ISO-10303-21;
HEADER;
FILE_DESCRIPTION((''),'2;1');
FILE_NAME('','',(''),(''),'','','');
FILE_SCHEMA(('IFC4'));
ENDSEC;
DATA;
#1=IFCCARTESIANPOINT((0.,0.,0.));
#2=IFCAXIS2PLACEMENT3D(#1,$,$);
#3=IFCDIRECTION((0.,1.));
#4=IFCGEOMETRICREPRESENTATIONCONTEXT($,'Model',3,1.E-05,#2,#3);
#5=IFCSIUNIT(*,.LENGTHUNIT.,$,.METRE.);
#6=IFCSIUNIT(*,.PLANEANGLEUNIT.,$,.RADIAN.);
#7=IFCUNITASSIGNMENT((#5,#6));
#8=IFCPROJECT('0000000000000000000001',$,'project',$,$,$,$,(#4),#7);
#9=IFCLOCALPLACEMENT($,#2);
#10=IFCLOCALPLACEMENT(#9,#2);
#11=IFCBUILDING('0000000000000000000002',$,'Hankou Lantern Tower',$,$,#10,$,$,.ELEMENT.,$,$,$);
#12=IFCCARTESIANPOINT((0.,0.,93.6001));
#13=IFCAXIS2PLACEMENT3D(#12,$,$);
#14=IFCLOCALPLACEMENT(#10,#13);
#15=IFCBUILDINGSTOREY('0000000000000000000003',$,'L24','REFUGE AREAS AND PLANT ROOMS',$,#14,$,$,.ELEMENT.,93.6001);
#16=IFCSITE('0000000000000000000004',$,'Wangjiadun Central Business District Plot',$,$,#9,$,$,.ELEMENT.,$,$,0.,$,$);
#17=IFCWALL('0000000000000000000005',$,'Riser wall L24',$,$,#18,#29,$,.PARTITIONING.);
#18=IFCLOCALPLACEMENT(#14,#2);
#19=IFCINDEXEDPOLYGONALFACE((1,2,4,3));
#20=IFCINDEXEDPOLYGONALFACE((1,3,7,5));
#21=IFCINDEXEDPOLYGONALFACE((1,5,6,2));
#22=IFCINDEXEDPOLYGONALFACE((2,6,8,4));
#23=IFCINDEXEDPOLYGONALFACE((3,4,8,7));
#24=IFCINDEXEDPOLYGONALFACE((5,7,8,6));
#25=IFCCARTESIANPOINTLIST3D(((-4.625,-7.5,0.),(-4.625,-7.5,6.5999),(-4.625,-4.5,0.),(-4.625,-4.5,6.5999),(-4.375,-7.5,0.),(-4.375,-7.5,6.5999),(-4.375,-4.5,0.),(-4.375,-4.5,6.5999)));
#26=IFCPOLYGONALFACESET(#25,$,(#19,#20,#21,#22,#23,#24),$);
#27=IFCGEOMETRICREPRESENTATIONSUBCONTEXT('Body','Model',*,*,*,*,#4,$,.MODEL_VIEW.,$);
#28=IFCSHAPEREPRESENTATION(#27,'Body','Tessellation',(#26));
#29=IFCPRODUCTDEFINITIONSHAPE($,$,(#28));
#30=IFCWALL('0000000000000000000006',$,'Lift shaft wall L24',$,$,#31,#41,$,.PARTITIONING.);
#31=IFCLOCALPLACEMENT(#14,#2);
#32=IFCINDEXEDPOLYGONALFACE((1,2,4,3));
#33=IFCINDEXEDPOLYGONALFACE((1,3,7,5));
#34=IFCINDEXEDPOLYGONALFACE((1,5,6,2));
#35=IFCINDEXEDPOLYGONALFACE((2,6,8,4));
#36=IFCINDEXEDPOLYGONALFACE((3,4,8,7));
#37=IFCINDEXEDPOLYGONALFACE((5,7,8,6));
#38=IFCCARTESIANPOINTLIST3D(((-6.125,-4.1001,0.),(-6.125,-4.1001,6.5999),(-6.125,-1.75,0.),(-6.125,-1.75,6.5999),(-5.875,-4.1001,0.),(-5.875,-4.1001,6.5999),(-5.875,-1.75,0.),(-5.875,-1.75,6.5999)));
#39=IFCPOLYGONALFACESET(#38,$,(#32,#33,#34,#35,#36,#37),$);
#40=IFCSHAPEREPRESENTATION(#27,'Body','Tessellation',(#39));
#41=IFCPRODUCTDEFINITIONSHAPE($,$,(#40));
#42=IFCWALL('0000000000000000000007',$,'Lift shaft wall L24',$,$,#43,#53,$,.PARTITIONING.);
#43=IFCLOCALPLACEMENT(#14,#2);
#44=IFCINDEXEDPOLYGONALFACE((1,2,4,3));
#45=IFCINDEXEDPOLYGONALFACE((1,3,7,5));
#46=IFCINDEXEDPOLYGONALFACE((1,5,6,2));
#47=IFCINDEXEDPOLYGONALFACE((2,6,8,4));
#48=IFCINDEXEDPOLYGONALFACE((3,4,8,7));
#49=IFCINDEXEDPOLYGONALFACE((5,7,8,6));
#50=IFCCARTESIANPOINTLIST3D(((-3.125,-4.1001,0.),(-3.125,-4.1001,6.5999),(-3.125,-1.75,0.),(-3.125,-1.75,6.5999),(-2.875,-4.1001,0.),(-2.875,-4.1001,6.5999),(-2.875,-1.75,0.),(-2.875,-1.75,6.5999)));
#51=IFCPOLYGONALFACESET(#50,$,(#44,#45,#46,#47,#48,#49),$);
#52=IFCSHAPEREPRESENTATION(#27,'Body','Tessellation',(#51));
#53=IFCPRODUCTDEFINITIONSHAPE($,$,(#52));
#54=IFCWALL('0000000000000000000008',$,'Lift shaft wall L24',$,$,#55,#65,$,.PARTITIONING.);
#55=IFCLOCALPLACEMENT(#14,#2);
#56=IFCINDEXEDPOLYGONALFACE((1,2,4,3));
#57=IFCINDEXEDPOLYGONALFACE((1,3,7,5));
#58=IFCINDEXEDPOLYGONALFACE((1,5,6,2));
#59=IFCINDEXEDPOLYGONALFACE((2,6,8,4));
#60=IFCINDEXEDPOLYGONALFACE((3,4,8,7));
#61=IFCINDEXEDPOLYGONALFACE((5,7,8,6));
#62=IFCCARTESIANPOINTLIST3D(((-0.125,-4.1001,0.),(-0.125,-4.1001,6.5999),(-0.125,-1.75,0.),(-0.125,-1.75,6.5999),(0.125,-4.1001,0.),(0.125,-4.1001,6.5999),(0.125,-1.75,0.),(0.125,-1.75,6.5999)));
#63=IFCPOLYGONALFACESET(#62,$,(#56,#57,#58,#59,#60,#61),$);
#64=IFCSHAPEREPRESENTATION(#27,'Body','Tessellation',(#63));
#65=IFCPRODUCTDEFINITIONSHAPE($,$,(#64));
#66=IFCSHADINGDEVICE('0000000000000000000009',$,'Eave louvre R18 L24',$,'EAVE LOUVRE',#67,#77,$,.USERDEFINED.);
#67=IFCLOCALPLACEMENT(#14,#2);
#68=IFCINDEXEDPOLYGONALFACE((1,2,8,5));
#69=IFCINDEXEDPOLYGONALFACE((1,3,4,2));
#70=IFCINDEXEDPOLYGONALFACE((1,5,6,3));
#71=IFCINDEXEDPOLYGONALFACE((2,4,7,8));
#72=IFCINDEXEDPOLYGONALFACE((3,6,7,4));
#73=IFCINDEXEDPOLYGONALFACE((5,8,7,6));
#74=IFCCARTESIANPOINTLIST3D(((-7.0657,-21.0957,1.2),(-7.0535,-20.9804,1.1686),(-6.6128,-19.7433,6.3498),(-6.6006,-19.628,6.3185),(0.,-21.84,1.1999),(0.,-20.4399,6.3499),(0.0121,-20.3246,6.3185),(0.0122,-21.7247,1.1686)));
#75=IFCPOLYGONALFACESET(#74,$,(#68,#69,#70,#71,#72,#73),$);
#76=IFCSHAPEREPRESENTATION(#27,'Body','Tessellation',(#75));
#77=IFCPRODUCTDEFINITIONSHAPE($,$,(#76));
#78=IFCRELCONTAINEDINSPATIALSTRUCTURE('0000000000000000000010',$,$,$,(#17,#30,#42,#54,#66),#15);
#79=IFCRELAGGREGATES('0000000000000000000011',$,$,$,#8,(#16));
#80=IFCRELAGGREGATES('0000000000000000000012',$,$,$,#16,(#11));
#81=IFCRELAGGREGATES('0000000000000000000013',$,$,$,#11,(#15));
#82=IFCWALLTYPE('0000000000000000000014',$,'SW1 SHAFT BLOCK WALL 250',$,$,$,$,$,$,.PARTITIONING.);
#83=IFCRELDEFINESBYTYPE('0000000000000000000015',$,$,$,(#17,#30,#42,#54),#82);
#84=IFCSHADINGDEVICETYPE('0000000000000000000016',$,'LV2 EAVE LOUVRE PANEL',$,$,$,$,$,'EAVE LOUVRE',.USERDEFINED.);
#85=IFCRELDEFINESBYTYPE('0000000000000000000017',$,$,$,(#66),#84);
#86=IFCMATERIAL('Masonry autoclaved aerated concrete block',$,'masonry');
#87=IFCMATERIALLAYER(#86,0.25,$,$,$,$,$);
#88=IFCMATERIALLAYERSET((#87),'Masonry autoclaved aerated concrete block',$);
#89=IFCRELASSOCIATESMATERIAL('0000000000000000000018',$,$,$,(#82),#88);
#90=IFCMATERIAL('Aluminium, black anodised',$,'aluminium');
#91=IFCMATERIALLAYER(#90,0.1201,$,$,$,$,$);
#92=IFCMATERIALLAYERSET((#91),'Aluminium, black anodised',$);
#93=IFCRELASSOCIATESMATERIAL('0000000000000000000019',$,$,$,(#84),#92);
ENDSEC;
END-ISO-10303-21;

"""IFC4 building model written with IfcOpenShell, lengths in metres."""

from ifc_helpers import new_model, si_unit, direction, frame, frame_2d, origin, place, context, subcontext, project, spatial, polyline, rectangle, outline, extrude, material, layer, layer_set, type_object, element, save


model = new_model("IFC4")

# Units and contexts
model_context = context("Model", 3, precision=1e-05, world=origin(), true_north=direction((0.0, 1.0)))
body_context = subcontext(model_context, "Body", "Model", "MODEL_VIEW")
ifc_project = project(units=[si_unit("LENGTHUNIT", "METRE"), si_unit("PLANEANGLEUNIT", "RADIAN")], contexts=[model_context])

# Site, building, storey
site_placement = place(None, origin())
site = spatial("IfcSite", under=ifc_project, at=site_placement, Name="Wangjiadun Central Business District Plot", CompositionType="ELEMENT", RefElevation=0.0)
building_placement = place(site_placement, origin())
building = spatial("IfcBuilding", under=site, at=building_placement, Name="Hankou Lantern Tower", CompositionType="ELEMENT")
storey_placement = place(building_placement, frame((0.0, 0.0, 93.6001)))
storey = spatial("IfcBuildingStorey", under=building, at=storey_placement, Name="L24", Description="REFUGE AREAS AND PLANT ROOMS", CompositionType="ELEMENT", Elevation=93.6001)

# Walls
ifc_material_1 = material(Name="Masonry autoclaved aerated concrete block", Category="masonry")
ifc_layer_1 = layer(ifc_material_1, 0.25)
ifc_layer_set_1 = layer_set([ifc_layer_1], Name="Masonry autoclaved aerated concrete block")
wall_type_1 = type_object("IfcWallType", Name="SW1 SHAFT BLOCK WALL 250", PredefinedType="PARTITIONING", material=ifc_layer_set_1)
wall_1_placement = place(storey_placement, frame((-4.5, -7.5, 0.0), z_axis=(0.0, 0.0, 1.0), x_axis=(0.0, 1.0, 0.0)))
element("IfcWall", 1, at=wall_1_placement, inside=storey, type_object=wall_type_1, Name="Riser wall L24", PredefinedType="PARTITIONING", context=body_context, shape_type="SweptSolid", body=[
    extrude(rectangle(XDim=3.0, YDim=0.25, at=frame_2d((1.5, 0.0))), origin(), (0.0, 0.0, 1.0), 6.5999),
])
for number, where, z_axis, x_axis, name in (
    (2, (-6.0, -4.1001, 0.0), (0.0, 0.0, 1.0), (0.0, 1.0, 0.0), "Lift shaft wall L24"),
    (3, (-3.0, -4.1001, 0.0), (0.0, 0.0, 1.0), (0.0, 1.0, 0.0), "Lift shaft wall L24"),
    (4, (0.0, -4.1001, 0.0), (0.0, 0.0, 1.0), (0.0, 1.0, 0.0), "Lift shaft wall L24"),
):
    element("IfcWall", number, at=place(storey_placement, frame(where, z_axis=z_axis, x_axis=x_axis)), inside=storey, type_object=wall_type_1, Name=name, PredefinedType="PARTITIONING", context=body_context, shape_type="SweptSolid", body=[
        extrude(rectangle(XDim=2.3501, YDim=0.25, at=frame_2d((1.175, 0.0))), origin(), (0.0, 0.0, 1.0), 6.5999),
    ])

# Shading device
ifc_material_2 = material(Name="Aluminium, black anodised", Category="aluminium")
ifc_layer_2 = layer(ifc_material_2, 0.1201)
ifc_layer_set_2 = layer_set([ifc_layer_2], Name="Aluminium, black anodised")
shading_device_type = type_object("IfcShadingDeviceType", Name="LV2 EAVE LOUVRE PANEL", ElementType="EAVE LOUVRE", PredefinedType="USERDEFINED", material=ifc_layer_set_2)
shading_device_placement = place(storey_placement, frame((-7.0657, -21.0957, 1.2), z_axis=(-0.101131, -0.960028, 0.260997), x_axis=(0.994497, -0.104763, -0.000003)))
element("IfcShadingDevice", 5, at=shading_device_placement, inside=storey, type_object=shading_device_type, Name="Eave louvre R18 L24", ObjectType="EAVE LOUVRE", PredefinedType="USERDEFINED", context=body_context, shape_type="SweptSolid", body=[
    extrude(outline(polyline([(0.0, 0.0), (7.1048, 0.0), (6.9581, 5.3348), (0.3087, 5.3348), (0.0, 0.0)])), origin(), (0.0, 0.0, -1.0), 0.1201),
])

save(model, "model.ifc")
